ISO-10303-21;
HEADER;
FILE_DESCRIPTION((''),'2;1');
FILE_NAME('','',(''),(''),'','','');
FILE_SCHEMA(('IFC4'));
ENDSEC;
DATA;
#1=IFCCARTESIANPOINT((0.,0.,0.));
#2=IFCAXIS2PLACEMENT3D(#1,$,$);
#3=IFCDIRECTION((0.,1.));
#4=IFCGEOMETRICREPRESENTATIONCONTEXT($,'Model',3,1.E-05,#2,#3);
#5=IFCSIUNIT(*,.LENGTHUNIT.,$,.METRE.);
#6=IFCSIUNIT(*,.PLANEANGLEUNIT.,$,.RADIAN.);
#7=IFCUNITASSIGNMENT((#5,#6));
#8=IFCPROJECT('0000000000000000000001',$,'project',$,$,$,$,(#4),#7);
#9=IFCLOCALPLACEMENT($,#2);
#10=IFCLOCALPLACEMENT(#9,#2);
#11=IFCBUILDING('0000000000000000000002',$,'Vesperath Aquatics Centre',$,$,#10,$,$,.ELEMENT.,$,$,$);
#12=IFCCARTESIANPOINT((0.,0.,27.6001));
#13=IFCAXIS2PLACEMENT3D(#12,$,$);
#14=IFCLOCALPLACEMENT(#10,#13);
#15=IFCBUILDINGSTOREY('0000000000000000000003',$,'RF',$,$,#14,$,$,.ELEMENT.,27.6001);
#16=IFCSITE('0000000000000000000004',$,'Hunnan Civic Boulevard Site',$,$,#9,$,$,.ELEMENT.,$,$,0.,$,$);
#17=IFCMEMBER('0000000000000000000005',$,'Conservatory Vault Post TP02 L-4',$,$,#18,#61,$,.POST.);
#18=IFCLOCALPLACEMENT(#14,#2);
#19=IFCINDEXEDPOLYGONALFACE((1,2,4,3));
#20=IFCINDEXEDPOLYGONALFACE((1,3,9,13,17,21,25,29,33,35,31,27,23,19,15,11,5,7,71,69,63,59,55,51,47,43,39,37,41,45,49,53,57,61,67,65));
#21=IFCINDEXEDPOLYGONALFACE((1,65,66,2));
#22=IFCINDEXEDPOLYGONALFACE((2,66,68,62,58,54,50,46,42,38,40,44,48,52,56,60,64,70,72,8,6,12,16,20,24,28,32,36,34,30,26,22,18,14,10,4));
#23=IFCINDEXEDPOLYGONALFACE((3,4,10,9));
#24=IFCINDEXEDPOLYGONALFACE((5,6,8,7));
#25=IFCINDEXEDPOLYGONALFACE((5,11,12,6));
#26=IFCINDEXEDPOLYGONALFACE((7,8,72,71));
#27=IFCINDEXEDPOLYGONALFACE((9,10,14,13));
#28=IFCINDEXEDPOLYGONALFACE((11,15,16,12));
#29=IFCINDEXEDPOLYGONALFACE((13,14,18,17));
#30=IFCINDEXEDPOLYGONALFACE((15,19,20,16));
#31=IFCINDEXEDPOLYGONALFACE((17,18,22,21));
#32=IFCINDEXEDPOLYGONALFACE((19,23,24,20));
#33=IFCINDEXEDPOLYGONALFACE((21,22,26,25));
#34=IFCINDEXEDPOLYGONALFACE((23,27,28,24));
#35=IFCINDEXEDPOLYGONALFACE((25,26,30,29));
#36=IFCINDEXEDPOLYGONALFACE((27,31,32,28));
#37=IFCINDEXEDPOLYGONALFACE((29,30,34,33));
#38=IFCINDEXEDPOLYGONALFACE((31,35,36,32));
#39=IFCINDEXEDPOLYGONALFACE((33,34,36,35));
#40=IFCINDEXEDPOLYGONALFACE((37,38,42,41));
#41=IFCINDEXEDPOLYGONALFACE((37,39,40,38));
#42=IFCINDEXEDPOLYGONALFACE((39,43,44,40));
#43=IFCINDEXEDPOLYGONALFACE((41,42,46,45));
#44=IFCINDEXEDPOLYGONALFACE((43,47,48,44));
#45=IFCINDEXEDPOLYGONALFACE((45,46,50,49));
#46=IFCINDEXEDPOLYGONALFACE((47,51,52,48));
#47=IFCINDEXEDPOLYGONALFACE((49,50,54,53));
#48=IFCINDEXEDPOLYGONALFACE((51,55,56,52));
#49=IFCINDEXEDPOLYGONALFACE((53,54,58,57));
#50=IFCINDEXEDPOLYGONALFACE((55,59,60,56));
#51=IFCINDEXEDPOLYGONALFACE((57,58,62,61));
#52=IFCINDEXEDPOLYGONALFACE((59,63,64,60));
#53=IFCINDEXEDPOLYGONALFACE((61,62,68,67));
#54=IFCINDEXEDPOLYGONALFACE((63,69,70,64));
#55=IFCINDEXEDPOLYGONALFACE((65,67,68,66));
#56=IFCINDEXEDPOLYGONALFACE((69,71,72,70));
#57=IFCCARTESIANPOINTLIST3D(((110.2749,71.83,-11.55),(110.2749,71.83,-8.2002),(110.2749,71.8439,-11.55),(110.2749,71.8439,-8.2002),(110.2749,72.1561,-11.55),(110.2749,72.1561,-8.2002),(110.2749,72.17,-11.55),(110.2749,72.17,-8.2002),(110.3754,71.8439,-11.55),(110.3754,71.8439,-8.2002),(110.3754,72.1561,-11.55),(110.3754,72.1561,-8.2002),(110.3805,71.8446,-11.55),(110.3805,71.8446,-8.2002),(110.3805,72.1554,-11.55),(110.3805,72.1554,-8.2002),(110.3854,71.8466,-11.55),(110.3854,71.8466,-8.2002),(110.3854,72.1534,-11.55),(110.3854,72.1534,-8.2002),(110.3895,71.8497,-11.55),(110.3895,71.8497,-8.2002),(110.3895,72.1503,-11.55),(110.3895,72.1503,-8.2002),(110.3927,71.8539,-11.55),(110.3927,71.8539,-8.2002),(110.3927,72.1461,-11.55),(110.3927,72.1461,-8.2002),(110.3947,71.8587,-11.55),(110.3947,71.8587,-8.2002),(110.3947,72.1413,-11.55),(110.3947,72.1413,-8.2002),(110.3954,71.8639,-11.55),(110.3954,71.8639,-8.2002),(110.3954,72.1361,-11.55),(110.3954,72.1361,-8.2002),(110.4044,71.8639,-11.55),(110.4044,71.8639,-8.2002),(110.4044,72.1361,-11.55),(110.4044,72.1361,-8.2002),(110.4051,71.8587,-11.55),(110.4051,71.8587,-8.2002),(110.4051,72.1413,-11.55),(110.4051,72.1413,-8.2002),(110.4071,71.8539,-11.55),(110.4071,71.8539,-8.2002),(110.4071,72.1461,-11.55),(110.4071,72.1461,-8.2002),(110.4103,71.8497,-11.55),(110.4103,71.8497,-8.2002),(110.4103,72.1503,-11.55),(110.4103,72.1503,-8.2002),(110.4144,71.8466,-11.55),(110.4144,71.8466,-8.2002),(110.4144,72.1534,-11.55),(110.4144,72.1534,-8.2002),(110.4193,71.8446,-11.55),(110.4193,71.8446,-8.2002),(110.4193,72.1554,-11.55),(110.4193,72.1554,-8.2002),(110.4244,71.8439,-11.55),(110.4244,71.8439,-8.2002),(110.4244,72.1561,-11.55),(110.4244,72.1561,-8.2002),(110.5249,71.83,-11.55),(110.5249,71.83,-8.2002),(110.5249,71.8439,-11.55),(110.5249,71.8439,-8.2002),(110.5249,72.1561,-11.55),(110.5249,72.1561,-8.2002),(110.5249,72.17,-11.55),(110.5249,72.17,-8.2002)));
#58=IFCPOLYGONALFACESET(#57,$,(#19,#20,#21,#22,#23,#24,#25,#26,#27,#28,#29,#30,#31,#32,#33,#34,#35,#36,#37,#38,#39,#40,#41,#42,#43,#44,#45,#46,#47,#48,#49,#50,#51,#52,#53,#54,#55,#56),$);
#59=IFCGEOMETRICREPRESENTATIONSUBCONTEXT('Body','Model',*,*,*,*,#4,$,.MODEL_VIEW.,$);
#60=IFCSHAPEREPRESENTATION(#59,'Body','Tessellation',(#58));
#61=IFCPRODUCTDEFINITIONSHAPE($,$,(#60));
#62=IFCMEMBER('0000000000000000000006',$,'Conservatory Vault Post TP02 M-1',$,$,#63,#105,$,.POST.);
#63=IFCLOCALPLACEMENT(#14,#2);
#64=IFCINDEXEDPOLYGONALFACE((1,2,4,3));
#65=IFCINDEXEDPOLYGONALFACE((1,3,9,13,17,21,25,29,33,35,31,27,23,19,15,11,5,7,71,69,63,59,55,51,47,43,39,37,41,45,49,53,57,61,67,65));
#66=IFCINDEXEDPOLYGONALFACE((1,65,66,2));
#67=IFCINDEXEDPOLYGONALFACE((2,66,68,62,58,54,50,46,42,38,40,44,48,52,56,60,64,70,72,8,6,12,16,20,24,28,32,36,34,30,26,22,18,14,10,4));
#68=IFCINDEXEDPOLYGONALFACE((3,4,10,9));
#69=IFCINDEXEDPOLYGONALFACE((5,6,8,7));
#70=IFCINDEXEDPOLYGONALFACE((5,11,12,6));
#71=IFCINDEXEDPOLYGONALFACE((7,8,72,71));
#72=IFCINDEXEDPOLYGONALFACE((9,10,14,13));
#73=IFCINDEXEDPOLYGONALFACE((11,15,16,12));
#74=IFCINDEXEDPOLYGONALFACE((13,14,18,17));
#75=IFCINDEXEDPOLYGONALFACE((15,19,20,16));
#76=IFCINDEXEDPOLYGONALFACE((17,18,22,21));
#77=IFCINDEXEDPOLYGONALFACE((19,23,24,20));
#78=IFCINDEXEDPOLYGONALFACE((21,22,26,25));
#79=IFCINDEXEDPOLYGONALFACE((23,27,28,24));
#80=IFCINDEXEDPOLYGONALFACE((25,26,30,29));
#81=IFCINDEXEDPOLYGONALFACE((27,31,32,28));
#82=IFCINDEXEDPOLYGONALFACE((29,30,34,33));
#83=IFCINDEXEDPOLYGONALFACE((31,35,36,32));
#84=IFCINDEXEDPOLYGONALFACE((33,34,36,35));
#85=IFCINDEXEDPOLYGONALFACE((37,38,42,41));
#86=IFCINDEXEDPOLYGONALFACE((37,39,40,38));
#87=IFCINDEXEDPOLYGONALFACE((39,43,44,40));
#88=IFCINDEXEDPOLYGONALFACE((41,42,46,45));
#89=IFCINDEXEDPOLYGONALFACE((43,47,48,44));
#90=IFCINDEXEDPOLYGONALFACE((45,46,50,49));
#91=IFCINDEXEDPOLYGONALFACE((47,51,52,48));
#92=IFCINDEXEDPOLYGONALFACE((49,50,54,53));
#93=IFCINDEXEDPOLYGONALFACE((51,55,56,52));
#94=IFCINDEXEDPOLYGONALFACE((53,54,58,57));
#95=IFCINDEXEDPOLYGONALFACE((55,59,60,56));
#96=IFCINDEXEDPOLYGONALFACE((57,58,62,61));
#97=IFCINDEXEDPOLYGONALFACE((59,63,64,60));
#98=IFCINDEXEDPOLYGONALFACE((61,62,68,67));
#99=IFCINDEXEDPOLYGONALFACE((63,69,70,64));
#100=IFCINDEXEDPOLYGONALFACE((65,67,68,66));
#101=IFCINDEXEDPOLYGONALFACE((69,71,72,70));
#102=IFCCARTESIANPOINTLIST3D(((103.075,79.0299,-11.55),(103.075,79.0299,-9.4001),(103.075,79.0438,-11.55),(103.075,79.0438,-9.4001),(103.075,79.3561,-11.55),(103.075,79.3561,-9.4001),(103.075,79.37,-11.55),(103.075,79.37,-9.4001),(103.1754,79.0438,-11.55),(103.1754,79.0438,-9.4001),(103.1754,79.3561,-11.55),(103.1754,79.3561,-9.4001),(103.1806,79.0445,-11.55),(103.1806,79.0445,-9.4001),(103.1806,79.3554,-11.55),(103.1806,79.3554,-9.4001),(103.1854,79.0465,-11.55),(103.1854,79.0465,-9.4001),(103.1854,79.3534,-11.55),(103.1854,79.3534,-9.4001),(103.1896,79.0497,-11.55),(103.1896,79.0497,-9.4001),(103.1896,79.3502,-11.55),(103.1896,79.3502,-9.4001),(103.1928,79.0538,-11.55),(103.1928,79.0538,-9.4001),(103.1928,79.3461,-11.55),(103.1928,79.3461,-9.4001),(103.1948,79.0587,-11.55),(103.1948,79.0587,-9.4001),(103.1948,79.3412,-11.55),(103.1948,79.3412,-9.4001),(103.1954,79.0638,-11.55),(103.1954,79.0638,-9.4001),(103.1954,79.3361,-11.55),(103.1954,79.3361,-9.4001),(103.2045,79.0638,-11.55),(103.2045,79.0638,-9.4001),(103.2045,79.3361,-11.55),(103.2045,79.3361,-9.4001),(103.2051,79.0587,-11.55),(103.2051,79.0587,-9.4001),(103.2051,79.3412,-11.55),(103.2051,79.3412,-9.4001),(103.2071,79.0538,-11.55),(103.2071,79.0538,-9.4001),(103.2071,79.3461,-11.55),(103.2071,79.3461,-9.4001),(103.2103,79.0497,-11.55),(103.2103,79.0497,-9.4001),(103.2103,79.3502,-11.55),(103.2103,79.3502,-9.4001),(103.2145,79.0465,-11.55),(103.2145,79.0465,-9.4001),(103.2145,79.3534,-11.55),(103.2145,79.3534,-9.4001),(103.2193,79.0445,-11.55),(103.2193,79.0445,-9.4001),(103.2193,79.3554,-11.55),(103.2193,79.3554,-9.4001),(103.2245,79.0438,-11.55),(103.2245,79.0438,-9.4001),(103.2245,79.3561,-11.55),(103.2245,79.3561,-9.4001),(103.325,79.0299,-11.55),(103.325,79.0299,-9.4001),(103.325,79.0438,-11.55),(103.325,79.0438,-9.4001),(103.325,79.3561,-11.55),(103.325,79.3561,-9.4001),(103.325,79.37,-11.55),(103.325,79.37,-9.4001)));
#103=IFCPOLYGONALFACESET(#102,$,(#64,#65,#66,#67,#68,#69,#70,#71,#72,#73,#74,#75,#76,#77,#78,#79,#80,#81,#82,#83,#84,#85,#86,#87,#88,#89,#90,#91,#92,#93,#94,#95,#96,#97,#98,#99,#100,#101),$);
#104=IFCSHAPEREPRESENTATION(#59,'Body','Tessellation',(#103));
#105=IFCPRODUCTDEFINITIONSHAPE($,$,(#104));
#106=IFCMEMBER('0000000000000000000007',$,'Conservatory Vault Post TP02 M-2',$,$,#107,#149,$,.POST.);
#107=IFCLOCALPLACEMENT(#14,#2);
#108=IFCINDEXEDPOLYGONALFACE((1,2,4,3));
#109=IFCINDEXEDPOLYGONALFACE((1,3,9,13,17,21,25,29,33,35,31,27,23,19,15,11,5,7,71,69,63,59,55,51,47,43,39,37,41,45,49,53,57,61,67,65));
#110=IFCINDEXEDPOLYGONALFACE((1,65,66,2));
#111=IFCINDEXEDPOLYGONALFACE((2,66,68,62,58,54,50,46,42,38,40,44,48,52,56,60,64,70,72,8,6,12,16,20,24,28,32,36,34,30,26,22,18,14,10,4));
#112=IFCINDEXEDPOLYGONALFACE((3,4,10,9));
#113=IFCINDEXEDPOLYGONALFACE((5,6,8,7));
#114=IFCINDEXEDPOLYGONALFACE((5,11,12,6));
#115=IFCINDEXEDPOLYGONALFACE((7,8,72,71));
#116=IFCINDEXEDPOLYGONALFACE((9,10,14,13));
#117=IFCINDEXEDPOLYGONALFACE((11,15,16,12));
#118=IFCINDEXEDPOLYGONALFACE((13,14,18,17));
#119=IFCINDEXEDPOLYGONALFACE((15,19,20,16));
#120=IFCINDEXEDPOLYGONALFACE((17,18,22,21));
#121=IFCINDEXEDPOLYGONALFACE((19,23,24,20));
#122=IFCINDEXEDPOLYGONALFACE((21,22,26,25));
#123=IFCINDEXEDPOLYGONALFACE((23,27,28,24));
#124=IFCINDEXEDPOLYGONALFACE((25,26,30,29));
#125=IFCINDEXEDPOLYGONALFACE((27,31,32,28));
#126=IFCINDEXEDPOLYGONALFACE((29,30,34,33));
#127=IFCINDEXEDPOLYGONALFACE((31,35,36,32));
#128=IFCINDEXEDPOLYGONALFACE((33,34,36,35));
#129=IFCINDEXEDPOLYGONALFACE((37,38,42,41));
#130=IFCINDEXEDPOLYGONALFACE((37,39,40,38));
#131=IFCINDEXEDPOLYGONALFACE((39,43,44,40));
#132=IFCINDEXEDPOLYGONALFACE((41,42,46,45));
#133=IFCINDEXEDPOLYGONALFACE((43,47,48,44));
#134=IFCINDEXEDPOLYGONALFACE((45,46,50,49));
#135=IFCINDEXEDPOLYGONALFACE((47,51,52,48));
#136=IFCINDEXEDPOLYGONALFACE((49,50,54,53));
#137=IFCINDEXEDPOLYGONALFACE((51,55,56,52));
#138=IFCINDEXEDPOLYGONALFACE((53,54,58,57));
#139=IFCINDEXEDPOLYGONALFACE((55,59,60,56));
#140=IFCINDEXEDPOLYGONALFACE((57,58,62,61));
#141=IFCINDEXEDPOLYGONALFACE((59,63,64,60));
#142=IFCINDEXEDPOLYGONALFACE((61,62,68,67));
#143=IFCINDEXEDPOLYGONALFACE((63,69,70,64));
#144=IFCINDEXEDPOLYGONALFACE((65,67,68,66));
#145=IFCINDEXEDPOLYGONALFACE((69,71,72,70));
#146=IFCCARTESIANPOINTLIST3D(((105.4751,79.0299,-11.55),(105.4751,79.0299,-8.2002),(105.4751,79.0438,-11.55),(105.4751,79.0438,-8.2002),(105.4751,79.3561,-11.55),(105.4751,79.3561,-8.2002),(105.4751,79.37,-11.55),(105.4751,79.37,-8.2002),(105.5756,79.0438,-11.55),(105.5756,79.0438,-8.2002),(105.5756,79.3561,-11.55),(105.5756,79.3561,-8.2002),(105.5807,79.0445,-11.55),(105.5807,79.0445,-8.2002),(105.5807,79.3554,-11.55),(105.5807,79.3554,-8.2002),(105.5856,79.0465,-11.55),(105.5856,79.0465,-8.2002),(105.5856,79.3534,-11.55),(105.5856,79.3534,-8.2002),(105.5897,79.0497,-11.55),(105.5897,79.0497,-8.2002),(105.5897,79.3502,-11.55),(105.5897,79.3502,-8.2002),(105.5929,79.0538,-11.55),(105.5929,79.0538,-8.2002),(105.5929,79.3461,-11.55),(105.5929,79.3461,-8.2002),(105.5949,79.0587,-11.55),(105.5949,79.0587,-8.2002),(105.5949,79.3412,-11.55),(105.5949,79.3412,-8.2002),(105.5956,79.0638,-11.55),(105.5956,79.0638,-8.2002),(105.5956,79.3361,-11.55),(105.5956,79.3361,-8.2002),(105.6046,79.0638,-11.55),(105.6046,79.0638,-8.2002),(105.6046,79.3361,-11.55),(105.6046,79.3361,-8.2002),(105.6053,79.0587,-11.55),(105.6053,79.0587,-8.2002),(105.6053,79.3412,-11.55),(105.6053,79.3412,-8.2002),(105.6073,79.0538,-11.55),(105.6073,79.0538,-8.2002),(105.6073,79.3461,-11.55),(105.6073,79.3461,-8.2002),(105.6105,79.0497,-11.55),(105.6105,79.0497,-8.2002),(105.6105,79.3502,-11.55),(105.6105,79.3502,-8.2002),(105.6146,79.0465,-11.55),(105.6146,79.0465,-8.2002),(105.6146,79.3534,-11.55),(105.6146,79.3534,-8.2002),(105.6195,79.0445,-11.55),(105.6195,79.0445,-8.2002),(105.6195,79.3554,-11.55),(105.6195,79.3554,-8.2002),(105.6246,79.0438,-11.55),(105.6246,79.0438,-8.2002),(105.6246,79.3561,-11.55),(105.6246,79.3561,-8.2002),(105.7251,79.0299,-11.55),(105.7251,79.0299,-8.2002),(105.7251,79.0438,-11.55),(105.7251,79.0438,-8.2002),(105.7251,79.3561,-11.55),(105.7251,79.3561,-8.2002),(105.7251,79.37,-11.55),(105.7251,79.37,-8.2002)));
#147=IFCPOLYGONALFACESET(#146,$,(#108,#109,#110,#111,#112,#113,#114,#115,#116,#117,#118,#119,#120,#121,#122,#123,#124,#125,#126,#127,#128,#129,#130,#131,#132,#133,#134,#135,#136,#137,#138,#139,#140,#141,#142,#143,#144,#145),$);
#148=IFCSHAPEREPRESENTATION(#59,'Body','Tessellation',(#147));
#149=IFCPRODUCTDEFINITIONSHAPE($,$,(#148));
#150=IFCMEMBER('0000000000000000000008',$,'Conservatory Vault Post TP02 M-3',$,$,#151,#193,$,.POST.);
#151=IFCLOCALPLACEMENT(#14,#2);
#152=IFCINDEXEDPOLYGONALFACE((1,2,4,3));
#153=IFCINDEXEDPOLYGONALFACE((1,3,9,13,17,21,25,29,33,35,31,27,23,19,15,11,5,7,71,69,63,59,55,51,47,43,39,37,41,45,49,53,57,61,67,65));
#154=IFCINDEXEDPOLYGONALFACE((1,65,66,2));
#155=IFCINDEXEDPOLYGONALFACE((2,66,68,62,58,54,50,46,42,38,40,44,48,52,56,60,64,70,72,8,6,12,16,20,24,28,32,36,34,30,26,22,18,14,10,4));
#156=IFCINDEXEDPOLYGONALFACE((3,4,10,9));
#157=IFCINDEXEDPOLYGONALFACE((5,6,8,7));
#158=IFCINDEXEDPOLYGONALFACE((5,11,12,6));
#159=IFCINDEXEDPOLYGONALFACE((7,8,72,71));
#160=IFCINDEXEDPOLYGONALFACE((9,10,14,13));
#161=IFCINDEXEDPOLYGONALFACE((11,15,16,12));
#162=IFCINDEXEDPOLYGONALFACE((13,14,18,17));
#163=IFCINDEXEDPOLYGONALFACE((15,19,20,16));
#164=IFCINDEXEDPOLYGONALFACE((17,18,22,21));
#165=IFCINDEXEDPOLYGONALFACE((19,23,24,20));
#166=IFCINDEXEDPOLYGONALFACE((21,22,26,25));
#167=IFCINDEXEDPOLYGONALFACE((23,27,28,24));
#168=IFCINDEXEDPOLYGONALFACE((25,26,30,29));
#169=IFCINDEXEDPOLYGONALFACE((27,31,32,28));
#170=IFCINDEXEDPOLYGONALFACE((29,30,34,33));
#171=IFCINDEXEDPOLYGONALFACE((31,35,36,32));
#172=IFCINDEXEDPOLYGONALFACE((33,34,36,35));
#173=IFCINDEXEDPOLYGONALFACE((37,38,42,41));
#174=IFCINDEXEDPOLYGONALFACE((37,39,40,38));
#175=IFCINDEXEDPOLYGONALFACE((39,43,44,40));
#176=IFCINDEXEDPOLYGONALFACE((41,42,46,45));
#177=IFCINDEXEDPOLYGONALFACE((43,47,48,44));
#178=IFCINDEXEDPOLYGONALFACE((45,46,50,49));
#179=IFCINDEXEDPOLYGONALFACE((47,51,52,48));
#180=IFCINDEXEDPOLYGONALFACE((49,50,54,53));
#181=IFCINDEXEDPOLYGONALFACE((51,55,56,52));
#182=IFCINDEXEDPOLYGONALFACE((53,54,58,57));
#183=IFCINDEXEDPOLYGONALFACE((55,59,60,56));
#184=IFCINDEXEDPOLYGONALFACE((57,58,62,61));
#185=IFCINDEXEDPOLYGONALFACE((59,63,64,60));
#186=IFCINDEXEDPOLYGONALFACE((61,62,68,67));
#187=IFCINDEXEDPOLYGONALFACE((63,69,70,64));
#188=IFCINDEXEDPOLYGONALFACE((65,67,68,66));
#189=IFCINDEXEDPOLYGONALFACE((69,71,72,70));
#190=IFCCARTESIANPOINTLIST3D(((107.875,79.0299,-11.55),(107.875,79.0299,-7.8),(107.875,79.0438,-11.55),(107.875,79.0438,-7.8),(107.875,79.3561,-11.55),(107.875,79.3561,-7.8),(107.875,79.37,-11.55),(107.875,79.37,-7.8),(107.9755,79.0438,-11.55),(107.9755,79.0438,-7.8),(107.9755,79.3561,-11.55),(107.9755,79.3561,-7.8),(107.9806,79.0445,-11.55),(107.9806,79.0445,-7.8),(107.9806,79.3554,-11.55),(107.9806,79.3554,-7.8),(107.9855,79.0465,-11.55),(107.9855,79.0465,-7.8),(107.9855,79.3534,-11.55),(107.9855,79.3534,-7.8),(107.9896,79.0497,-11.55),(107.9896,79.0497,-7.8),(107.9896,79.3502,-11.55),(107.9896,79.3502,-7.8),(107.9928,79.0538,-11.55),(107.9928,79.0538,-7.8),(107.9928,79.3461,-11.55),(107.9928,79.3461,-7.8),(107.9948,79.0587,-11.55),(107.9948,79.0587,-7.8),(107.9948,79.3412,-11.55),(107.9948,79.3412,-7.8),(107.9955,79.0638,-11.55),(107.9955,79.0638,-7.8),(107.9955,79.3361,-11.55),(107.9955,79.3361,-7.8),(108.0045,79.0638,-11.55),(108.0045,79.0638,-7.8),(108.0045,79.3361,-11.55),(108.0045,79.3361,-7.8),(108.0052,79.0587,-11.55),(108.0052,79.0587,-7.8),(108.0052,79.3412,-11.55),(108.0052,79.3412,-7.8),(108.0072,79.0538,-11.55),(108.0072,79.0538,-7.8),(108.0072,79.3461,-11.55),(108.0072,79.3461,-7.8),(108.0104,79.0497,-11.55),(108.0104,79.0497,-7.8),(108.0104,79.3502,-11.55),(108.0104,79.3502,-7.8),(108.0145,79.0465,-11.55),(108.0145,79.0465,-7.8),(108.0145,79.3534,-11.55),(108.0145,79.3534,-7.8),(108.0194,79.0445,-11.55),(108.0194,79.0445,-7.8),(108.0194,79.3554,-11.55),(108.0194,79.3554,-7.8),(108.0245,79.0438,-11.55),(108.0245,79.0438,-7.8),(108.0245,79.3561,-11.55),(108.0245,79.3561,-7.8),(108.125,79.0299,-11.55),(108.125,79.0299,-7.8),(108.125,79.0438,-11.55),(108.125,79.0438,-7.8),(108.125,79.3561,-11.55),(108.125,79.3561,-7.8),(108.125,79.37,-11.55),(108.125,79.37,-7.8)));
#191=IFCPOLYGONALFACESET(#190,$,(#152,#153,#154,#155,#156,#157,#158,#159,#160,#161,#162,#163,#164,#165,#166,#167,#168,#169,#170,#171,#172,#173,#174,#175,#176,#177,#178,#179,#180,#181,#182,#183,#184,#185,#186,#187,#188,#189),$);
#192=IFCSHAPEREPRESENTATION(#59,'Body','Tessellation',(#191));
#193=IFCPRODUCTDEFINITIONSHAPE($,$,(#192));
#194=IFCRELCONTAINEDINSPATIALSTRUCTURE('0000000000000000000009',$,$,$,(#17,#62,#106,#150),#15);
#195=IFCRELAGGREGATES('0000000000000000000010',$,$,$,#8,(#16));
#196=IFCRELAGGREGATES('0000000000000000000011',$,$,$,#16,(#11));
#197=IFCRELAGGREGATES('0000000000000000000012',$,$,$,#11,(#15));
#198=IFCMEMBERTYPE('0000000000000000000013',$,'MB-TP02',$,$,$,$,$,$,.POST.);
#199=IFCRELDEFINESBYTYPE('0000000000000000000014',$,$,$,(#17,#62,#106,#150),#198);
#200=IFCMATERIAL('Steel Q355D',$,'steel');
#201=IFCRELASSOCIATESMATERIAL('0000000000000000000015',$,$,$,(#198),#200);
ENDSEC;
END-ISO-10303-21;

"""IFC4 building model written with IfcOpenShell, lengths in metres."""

from ifc_helpers import new_model, si_unit, direction, frame, origin, origin_2d, place, context, subcontext, project, spatial, i_section, extrude, material, material_profile, profile_set, type_object, element, save


model = new_model("IFC4")

# Units and contexts
model_context = context("Model", 3, precision=1e-05, world=origin(), true_north=direction((0.0, 1.0)))
body_context = subcontext(model_context, "Body", "Model", "MODEL_VIEW")
ifc_project = project(units=[si_unit("LENGTHUNIT", "METRE"), si_unit("PLANEANGLEUNIT", "RADIAN")], contexts=[model_context])

# Site, building, storey
site_placement = place(None, origin())
site = spatial("IfcSite", under=ifc_project, at=site_placement, Name="Hunnan Civic Boulevard Site", CompositionType="ELEMENT", RefElevation=0.0)
building_placement = place(site_placement, origin())
building = spatial("IfcBuilding", under=site, at=building_placement, Name="Vesperath Aquatics Centre", CompositionType="ELEMENT")
storey_placement = place(building_placement, frame((0.0, 0.0, 27.6001)))
storey = spatial("IfcBuildingStorey", under=building, at=storey_placement, Name="RF", CompositionType="ELEMENT", Elevation=27.6001)

# Shared definitions
ifc_material_1 = material(Name="Steel Q355D", Category="steel")

# Members
ifc_material_profile_1 = material_profile(ifc_material_1, i_section(OverallWidth=0.25, OverallDepth=0.3401, WebThickness=0.009, FlangeThickness=0.0139, FilletRadius=0.02, at=origin_2d()), Name="HM 340x250x9x14")
ifc_profile_set_1 = profile_set([ifc_material_profile_1], Name="Steel Q355D")
member_type_1 = type_object("IfcMemberType", Name="MB-TP02", PredefinedType="POST", material=ifc_profile_set_1)
member_1_placement = place(storey_placement, frame((110.3999, 72.0, -11.55), z_axis=(0.0, 0.0, 1.0), x_axis=(1.0, 0.0, 0.0)))
element("IfcMember", 1, at=member_1_placement, inside=storey, type_object=member_type_1, Name="Conservatory Vault Post TP02 L-4", PredefinedType="POST", context=body_context, shape_type="SweptSolid", body=[
    extrude(i_section(OverallWidth=0.25, OverallDepth=0.3401, WebThickness=0.009, FlangeThickness=0.0139, FilletRadius=0.02, at=origin_2d()), origin(), (0.0, 0.0, 1.0), 3.3499),
])
member_2_placement = place(storey_placement, frame((103.2, 79.2, -11.55), z_axis=(0.0, 0.0, 1.0), x_axis=(1.0, 0.0, 0.0)))
element("IfcMember", 2, at=member_2_placement, inside=storey, type_object=member_type_1, Name="Conservatory Vault Post TP02 M-1", PredefinedType="POST", context=body_context, shape_type="SweptSolid", body=[
    extrude(i_section(OverallWidth=0.25, OverallDepth=0.3401, WebThickness=0.009, FlangeThickness=0.0139, FilletRadius=0.02, at=origin_2d()), origin(), (0.0, 0.0, 1.0), 2.1499),
])
member_3_placement = place(storey_placement, frame((105.6001, 79.2, -11.55), z_axis=(0.0, 0.0, 1.0), x_axis=(1.0, 0.0, 0.0)))
element("IfcMember", 3, at=member_3_placement, inside=storey, type_object=member_type_1, Name="Conservatory Vault Post TP02 M-2", PredefinedType="POST", context=body_context, shape_type="SweptSolid", body=[
    extrude(i_section(OverallWidth=0.25, OverallDepth=0.3401, WebThickness=0.009, FlangeThickness=0.0139, FilletRadius=0.02, at=origin_2d()), origin(), (0.0, 0.0, 1.0), 3.3499),
])
member_4_placement = place(storey_placement, frame((108.0, 79.2, -11.55), z_axis=(0.0, 0.0, 1.0), x_axis=(1.0, 0.0, 0.0)))
element("IfcMember", 4, at=member_4_placement, inside=storey, type_object=member_type_1, Name="Conservatory Vault Post TP02 M-3", PredefinedType="POST", context=body_context, shape_type="SweptSolid", body=[
    extrude(i_section(OverallWidth=0.25, OverallDepth=0.3401, WebThickness=0.009, FlangeThickness=0.0139, FilletRadius=0.02, at=origin_2d()), origin(), (0.0, 0.0, 1.0), 3.75),
])

save(model, "model.ifc")
